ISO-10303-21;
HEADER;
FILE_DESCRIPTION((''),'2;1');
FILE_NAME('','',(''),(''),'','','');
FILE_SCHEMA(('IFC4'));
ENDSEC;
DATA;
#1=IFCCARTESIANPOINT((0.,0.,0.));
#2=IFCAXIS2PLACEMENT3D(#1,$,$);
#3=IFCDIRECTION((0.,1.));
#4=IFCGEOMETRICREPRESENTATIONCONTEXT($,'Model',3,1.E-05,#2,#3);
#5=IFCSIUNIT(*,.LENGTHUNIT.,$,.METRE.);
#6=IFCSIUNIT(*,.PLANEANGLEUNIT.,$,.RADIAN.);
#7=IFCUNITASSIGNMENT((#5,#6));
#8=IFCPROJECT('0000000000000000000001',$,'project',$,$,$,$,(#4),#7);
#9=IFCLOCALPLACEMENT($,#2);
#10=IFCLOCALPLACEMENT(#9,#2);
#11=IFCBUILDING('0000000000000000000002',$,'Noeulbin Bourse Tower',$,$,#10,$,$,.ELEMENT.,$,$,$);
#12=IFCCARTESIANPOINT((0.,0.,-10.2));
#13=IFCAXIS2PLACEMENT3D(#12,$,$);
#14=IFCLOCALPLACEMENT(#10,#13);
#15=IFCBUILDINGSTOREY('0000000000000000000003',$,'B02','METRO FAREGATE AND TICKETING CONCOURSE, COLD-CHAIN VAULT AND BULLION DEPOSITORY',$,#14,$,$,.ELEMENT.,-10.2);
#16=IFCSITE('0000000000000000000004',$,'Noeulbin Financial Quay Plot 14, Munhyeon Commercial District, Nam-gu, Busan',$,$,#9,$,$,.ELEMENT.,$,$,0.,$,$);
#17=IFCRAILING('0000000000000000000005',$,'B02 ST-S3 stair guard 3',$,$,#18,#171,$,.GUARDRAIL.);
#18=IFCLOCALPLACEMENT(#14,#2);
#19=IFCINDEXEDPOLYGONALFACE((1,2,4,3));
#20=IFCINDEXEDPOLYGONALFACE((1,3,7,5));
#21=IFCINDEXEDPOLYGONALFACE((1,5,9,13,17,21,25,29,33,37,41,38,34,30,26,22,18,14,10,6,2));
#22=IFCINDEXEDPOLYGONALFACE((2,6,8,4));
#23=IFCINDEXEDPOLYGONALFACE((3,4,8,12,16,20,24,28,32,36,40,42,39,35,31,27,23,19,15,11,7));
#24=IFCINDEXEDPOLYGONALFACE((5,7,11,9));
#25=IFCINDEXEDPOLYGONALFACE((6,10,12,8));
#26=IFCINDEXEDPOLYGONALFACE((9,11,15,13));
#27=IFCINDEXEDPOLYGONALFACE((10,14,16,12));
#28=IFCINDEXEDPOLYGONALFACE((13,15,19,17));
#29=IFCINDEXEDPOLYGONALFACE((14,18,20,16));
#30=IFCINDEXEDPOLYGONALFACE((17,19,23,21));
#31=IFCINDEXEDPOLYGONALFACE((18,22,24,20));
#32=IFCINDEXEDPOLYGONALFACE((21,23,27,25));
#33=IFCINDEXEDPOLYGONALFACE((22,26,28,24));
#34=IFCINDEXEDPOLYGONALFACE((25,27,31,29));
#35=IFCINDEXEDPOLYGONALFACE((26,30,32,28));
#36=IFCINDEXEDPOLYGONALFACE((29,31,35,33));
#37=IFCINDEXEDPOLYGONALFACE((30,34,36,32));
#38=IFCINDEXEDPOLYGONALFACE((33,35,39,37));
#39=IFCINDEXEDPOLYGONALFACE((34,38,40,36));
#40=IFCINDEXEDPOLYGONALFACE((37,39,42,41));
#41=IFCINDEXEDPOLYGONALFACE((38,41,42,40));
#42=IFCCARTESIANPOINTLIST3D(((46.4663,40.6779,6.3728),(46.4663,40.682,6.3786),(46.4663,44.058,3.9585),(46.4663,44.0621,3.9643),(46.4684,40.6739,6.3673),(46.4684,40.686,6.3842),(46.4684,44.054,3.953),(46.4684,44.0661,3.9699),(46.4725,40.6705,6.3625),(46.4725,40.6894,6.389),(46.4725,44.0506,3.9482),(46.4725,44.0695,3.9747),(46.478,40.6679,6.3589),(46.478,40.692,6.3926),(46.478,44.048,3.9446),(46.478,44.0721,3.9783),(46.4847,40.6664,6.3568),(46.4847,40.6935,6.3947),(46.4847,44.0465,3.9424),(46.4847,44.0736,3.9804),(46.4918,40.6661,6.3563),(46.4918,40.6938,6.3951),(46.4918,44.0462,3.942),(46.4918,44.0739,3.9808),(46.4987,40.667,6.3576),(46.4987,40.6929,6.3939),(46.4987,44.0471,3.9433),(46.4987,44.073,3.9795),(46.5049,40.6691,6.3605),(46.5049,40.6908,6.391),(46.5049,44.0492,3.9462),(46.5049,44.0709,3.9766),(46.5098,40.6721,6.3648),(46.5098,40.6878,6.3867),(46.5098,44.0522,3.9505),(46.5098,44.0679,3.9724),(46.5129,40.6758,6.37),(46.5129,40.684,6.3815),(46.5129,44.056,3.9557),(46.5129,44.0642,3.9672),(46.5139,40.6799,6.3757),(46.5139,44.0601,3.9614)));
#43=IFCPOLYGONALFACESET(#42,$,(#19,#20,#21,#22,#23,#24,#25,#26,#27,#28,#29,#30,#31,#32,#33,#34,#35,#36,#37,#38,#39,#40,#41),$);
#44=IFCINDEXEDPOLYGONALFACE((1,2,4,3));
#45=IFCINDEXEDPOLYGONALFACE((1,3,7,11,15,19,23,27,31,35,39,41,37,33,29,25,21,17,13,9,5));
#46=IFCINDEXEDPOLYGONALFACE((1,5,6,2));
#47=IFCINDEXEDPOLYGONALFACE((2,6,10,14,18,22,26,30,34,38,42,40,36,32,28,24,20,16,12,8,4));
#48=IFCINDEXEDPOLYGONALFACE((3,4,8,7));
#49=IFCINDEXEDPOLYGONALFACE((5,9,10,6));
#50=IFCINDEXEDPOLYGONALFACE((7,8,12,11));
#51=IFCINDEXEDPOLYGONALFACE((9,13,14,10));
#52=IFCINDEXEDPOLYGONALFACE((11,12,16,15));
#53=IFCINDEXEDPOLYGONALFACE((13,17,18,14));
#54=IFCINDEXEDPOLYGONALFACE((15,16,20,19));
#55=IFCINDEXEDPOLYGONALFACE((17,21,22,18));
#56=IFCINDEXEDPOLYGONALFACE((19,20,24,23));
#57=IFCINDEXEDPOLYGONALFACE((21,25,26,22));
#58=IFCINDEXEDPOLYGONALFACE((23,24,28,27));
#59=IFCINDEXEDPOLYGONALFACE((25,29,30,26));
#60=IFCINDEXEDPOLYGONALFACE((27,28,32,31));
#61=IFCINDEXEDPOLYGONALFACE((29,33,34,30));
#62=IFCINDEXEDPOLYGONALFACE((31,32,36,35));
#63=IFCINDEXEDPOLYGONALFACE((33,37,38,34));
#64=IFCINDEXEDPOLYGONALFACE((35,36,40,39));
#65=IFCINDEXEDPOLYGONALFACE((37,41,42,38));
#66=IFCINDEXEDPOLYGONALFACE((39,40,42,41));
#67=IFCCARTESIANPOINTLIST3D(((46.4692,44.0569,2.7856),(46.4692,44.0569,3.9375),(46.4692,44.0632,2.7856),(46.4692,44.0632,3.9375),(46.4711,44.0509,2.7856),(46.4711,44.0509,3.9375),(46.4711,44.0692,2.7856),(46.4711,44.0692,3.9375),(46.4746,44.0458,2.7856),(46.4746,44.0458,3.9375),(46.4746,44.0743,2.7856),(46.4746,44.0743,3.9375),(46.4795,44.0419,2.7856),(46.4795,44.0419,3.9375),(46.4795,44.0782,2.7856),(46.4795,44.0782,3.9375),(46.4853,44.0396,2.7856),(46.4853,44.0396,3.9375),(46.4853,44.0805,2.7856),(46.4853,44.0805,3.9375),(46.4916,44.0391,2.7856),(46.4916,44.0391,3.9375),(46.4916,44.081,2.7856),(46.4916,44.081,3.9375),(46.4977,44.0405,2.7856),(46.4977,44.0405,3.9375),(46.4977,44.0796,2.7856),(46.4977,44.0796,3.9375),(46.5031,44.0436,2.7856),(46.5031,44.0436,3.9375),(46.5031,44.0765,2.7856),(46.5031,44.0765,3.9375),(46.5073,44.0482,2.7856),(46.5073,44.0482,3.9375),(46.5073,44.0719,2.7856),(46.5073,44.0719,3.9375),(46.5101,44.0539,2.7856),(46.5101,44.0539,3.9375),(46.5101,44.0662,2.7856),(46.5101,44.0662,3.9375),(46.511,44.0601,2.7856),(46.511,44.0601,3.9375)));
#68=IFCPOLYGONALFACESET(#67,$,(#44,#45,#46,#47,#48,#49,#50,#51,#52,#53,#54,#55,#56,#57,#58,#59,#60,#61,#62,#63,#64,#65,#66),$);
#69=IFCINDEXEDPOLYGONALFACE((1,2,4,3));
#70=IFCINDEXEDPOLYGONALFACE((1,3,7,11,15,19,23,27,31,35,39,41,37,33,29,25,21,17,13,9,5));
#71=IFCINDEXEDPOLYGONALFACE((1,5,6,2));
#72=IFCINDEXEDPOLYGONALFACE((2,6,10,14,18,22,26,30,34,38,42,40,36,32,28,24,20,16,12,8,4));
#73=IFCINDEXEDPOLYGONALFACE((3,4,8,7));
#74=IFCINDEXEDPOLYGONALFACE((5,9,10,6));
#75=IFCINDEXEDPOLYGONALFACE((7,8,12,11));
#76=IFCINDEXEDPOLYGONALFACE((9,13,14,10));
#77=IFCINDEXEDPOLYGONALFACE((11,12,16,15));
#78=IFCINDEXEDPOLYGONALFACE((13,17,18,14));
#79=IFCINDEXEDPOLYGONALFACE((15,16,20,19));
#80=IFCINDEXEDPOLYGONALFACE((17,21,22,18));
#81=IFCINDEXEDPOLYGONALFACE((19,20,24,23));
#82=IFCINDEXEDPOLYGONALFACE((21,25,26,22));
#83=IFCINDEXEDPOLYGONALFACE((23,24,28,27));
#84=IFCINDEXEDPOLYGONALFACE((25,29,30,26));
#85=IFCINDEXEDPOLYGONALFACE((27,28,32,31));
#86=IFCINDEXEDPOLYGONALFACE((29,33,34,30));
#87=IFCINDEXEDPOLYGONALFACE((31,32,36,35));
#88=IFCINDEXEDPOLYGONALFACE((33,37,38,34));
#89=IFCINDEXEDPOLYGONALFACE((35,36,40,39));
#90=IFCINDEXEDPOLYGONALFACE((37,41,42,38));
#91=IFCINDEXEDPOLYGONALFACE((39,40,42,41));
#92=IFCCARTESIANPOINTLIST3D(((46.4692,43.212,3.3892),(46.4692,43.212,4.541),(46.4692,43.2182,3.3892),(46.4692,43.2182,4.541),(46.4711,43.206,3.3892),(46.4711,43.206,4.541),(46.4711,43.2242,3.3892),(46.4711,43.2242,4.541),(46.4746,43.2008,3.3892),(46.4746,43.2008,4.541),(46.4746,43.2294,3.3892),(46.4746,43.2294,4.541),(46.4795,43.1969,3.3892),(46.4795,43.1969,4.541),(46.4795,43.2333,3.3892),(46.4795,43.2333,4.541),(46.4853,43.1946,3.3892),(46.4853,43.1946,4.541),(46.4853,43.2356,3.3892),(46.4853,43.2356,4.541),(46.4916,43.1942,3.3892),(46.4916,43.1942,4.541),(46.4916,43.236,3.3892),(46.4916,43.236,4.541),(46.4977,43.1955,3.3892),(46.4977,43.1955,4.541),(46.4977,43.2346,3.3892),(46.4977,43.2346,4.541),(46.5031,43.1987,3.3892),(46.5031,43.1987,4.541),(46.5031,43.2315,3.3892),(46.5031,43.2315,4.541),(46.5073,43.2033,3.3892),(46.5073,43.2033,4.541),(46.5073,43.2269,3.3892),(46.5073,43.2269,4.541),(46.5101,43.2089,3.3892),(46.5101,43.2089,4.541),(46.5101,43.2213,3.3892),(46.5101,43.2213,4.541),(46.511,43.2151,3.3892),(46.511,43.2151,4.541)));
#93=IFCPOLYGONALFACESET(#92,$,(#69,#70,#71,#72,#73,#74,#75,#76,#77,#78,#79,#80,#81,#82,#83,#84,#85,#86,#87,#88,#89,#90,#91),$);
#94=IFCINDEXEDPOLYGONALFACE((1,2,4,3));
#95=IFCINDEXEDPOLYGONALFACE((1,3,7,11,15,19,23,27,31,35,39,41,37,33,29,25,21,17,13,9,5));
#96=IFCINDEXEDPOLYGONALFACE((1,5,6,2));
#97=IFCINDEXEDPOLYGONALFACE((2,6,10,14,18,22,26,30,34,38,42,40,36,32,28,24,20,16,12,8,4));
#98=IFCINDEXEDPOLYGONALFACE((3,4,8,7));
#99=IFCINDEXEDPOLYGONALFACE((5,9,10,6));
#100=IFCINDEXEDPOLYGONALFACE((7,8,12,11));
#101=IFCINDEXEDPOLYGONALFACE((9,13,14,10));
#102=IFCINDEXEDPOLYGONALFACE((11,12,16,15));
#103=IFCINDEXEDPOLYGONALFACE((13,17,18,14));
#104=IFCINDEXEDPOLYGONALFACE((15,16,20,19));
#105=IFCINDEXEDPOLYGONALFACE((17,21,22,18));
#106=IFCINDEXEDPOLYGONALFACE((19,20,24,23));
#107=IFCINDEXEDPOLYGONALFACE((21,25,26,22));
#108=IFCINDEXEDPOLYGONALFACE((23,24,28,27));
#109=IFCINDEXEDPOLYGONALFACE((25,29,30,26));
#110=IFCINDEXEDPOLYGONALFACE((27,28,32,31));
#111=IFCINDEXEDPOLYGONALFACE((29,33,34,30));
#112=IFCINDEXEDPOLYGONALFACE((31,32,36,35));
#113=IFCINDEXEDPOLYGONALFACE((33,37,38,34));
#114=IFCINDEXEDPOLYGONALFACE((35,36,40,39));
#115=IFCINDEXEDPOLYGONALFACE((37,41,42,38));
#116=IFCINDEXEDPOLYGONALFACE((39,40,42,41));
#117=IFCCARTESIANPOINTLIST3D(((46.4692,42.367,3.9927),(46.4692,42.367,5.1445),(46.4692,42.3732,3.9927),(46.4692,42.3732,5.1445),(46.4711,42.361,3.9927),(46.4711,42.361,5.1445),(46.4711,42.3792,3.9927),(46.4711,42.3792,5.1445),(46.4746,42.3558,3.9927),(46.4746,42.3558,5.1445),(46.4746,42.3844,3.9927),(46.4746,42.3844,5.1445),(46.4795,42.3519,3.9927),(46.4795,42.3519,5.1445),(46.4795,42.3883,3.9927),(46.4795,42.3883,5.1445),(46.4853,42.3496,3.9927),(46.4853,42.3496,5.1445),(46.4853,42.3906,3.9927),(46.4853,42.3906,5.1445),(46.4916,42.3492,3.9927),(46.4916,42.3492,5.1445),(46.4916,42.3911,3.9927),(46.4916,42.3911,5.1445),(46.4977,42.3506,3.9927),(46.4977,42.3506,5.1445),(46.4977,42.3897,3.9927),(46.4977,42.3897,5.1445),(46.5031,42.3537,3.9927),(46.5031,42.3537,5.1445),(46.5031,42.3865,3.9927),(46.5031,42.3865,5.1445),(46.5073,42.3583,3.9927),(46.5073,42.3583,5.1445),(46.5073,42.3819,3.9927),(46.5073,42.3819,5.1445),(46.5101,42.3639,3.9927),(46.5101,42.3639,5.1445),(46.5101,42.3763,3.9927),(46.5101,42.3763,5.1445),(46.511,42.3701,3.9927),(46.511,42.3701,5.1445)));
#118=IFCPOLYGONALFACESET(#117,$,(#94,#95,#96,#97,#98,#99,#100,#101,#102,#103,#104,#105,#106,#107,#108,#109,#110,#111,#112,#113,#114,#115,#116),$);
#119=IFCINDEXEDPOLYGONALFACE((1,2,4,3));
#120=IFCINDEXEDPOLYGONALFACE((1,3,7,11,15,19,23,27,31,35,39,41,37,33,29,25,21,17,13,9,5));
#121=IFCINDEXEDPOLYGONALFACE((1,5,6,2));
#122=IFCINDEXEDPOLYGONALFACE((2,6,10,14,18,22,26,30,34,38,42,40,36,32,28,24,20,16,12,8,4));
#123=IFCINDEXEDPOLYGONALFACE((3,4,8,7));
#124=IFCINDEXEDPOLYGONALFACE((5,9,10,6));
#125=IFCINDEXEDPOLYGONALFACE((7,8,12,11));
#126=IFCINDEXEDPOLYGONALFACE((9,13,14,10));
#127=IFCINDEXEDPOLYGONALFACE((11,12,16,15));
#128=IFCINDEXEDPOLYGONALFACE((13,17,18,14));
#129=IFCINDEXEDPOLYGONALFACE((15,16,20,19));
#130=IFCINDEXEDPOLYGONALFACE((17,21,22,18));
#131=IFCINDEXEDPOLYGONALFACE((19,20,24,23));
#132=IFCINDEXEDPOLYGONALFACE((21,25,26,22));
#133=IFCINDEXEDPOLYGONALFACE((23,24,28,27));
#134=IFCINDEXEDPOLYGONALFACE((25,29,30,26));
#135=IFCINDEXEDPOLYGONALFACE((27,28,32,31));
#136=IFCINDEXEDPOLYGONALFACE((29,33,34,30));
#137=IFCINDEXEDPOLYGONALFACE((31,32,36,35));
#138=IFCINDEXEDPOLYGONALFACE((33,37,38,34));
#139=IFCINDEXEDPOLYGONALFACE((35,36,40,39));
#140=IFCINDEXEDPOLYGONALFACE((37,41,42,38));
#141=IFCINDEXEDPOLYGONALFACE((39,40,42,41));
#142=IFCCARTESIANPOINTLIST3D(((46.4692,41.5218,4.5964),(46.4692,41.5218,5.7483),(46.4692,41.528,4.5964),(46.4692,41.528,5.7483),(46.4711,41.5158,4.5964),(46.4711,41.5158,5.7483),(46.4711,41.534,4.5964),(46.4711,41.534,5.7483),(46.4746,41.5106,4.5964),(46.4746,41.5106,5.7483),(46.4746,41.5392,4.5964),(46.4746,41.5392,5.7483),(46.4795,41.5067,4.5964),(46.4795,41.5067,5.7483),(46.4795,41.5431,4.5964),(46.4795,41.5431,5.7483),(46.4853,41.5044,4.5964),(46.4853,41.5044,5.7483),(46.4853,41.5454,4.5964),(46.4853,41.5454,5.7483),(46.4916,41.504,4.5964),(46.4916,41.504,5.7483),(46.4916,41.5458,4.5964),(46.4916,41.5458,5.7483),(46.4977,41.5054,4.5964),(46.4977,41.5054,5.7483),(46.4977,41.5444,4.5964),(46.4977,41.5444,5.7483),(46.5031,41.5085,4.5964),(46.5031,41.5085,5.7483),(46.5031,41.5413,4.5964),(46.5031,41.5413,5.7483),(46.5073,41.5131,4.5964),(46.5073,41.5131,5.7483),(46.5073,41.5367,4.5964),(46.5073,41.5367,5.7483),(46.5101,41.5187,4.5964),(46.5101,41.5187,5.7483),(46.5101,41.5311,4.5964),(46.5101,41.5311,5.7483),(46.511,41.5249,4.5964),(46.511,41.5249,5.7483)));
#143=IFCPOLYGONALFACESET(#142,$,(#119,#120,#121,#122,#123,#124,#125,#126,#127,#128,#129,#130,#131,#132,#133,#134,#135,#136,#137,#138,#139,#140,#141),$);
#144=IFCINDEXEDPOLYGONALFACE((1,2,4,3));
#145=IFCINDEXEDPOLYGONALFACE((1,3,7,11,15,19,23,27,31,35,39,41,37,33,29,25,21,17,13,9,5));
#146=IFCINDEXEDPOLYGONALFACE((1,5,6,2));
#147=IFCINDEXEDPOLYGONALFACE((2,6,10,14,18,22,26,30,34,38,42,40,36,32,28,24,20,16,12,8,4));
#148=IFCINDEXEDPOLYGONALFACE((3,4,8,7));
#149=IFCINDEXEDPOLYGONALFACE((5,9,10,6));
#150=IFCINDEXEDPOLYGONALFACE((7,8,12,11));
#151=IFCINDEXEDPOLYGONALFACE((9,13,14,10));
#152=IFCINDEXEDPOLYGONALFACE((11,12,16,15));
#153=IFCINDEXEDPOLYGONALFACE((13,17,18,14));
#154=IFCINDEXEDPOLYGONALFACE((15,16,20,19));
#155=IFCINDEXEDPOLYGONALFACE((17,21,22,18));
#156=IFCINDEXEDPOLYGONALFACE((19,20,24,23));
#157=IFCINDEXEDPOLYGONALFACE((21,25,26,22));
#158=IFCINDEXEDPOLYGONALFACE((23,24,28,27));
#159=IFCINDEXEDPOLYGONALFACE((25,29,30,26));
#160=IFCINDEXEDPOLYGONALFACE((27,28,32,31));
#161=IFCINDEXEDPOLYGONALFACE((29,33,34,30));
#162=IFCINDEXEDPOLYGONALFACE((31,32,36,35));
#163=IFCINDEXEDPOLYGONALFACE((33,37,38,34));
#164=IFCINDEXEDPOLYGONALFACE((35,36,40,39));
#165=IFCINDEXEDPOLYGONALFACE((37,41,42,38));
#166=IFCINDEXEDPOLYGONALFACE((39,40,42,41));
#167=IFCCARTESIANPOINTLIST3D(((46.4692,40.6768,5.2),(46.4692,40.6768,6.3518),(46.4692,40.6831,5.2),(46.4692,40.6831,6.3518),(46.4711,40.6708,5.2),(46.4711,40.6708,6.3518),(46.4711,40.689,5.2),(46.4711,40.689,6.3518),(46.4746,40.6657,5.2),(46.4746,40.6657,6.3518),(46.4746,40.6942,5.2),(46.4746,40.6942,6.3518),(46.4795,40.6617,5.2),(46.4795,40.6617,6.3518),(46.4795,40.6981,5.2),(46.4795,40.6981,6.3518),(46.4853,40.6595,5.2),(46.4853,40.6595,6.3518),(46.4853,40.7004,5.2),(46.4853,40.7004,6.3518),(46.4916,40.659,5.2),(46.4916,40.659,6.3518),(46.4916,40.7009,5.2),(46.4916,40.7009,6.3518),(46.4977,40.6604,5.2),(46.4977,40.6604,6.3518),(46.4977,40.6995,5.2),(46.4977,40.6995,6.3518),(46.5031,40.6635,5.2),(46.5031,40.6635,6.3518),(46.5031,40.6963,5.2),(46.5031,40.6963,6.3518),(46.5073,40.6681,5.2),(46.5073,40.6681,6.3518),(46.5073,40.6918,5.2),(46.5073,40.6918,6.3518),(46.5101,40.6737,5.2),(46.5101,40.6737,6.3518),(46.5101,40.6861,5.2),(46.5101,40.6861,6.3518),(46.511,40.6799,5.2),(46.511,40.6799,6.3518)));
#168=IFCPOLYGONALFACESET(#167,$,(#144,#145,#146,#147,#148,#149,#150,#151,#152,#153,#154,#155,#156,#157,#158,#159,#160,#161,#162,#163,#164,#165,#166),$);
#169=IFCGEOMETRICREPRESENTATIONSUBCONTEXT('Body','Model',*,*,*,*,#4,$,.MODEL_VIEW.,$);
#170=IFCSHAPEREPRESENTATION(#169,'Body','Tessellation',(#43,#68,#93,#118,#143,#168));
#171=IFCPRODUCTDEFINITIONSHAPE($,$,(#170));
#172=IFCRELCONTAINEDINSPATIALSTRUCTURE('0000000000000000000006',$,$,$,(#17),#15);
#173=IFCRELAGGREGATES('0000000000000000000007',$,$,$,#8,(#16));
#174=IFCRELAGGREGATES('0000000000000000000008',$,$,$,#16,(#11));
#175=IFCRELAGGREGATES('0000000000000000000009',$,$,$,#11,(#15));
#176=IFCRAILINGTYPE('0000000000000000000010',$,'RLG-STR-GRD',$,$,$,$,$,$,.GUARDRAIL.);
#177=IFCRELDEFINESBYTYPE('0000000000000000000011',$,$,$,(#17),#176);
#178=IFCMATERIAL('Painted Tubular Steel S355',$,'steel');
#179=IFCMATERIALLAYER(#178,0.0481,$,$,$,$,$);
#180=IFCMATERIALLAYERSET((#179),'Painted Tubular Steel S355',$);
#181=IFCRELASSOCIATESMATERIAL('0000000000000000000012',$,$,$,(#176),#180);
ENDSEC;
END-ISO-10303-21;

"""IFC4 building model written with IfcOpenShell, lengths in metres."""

from ifc_helpers import new_model, si_unit, direction, frame, origin, origin_2d, place, context, subcontext, project, spatial, circle, extrude, material, layer, layer_set, type_object, element, save


model = new_model("IFC4")

# Units and contexts
model_context = context("Model", 3, precision=1e-05, world=origin(), true_north=direction((0.0, 1.0)))
body_context = subcontext(model_context, "Body", "Model", "MODEL_VIEW")
ifc_project = project(units=[si_unit("LENGTHUNIT", "METRE"), si_unit("PLANEANGLEUNIT", "RADIAN")], contexts=[model_context])

# Site, building, storey
site_placement = place(None, origin())
site = spatial("IfcSite", under=ifc_project, at=site_placement, Name="Noeulbin Financial Quay Plot 14, Munhyeon Commercial District, Nam-gu, Busan", CompositionType="ELEMENT", RefElevation=0.0)
building_placement = place(site_placement, origin())
building = spatial("IfcBuilding", under=site, at=building_placement, Name="Noeulbin Bourse Tower", CompositionType="ELEMENT")
storey_placement = place(building_placement, frame((0.0, 0.0, -10.2)))
storey = spatial("IfcBuildingStorey", under=building, at=storey_placement, Name="B02", Description="METRO FAREGATE AND TICKETING CONCOURSE, COLD-CHAIN VAULT AND BULLION DEPOSITORY", CompositionType="ELEMENT", Elevation=-10.2)

# Railing
ifc_material_1 = material(Name="Painted Tubular Steel S355", Category="steel")
ifc_layer_1 = layer(ifc_material_1, 0.0481)
ifc_layer_set_1 = layer_set([ifc_layer_1], Name="Painted Tubular Steel S355")
railing_type_1 = type_object("IfcRailingType", Name="RLG-STR-GRD", PredefinedType="GUARDRAIL", material=ifc_layer_set_1)
railing_1_placement = place(storey_placement, frame((46.49, 44.0601, 2.7856)))
element("IfcRailing", 1, at=railing_1_placement, inside=storey, type_object=railing_type_1, Name="B02 ST-S3 stair guard 3", PredefinedType="GUARDRAIL", context=body_context, shape_type="SweptSolid", body=[
    extrude(circle(Radius=0.0239, at=origin_2d()), frame((0.0, 0.0, 1.1758), z_axis=(0.0, -0.813741, 0.581227), x_axis=(1.0, 0.0, 0.0)), (0.0, 0.0, 1.0), 4.1538),
    extrude(circle(Radius=0.021, at=origin_2d()), origin(), (0.0, 0.0, 1.0), 1.1519),
    extrude(circle(Radius=0.021, at=origin_2d()), frame((0.0, -0.845, 0.6035)), (0.0, 0.0, 1.0), 1.1519),
    extrude(circle(Radius=0.021, at=origin_2d()), frame((0.0, -1.6899, 1.207)), (0.0, 0.0, 1.0), 1.1519),
    extrude(circle(Radius=0.021, at=origin_2d()), frame((0.0, -2.5352, 1.8108)), (0.0, 0.0, 1.0), 1.1519),
    extrude(circle(Radius=0.021, at=origin_2d()), frame((0.0, -3.3801, 2.4143)), (0.0, 0.0, 1.0), 1.1519),
])

save(model, "model.ifc")
